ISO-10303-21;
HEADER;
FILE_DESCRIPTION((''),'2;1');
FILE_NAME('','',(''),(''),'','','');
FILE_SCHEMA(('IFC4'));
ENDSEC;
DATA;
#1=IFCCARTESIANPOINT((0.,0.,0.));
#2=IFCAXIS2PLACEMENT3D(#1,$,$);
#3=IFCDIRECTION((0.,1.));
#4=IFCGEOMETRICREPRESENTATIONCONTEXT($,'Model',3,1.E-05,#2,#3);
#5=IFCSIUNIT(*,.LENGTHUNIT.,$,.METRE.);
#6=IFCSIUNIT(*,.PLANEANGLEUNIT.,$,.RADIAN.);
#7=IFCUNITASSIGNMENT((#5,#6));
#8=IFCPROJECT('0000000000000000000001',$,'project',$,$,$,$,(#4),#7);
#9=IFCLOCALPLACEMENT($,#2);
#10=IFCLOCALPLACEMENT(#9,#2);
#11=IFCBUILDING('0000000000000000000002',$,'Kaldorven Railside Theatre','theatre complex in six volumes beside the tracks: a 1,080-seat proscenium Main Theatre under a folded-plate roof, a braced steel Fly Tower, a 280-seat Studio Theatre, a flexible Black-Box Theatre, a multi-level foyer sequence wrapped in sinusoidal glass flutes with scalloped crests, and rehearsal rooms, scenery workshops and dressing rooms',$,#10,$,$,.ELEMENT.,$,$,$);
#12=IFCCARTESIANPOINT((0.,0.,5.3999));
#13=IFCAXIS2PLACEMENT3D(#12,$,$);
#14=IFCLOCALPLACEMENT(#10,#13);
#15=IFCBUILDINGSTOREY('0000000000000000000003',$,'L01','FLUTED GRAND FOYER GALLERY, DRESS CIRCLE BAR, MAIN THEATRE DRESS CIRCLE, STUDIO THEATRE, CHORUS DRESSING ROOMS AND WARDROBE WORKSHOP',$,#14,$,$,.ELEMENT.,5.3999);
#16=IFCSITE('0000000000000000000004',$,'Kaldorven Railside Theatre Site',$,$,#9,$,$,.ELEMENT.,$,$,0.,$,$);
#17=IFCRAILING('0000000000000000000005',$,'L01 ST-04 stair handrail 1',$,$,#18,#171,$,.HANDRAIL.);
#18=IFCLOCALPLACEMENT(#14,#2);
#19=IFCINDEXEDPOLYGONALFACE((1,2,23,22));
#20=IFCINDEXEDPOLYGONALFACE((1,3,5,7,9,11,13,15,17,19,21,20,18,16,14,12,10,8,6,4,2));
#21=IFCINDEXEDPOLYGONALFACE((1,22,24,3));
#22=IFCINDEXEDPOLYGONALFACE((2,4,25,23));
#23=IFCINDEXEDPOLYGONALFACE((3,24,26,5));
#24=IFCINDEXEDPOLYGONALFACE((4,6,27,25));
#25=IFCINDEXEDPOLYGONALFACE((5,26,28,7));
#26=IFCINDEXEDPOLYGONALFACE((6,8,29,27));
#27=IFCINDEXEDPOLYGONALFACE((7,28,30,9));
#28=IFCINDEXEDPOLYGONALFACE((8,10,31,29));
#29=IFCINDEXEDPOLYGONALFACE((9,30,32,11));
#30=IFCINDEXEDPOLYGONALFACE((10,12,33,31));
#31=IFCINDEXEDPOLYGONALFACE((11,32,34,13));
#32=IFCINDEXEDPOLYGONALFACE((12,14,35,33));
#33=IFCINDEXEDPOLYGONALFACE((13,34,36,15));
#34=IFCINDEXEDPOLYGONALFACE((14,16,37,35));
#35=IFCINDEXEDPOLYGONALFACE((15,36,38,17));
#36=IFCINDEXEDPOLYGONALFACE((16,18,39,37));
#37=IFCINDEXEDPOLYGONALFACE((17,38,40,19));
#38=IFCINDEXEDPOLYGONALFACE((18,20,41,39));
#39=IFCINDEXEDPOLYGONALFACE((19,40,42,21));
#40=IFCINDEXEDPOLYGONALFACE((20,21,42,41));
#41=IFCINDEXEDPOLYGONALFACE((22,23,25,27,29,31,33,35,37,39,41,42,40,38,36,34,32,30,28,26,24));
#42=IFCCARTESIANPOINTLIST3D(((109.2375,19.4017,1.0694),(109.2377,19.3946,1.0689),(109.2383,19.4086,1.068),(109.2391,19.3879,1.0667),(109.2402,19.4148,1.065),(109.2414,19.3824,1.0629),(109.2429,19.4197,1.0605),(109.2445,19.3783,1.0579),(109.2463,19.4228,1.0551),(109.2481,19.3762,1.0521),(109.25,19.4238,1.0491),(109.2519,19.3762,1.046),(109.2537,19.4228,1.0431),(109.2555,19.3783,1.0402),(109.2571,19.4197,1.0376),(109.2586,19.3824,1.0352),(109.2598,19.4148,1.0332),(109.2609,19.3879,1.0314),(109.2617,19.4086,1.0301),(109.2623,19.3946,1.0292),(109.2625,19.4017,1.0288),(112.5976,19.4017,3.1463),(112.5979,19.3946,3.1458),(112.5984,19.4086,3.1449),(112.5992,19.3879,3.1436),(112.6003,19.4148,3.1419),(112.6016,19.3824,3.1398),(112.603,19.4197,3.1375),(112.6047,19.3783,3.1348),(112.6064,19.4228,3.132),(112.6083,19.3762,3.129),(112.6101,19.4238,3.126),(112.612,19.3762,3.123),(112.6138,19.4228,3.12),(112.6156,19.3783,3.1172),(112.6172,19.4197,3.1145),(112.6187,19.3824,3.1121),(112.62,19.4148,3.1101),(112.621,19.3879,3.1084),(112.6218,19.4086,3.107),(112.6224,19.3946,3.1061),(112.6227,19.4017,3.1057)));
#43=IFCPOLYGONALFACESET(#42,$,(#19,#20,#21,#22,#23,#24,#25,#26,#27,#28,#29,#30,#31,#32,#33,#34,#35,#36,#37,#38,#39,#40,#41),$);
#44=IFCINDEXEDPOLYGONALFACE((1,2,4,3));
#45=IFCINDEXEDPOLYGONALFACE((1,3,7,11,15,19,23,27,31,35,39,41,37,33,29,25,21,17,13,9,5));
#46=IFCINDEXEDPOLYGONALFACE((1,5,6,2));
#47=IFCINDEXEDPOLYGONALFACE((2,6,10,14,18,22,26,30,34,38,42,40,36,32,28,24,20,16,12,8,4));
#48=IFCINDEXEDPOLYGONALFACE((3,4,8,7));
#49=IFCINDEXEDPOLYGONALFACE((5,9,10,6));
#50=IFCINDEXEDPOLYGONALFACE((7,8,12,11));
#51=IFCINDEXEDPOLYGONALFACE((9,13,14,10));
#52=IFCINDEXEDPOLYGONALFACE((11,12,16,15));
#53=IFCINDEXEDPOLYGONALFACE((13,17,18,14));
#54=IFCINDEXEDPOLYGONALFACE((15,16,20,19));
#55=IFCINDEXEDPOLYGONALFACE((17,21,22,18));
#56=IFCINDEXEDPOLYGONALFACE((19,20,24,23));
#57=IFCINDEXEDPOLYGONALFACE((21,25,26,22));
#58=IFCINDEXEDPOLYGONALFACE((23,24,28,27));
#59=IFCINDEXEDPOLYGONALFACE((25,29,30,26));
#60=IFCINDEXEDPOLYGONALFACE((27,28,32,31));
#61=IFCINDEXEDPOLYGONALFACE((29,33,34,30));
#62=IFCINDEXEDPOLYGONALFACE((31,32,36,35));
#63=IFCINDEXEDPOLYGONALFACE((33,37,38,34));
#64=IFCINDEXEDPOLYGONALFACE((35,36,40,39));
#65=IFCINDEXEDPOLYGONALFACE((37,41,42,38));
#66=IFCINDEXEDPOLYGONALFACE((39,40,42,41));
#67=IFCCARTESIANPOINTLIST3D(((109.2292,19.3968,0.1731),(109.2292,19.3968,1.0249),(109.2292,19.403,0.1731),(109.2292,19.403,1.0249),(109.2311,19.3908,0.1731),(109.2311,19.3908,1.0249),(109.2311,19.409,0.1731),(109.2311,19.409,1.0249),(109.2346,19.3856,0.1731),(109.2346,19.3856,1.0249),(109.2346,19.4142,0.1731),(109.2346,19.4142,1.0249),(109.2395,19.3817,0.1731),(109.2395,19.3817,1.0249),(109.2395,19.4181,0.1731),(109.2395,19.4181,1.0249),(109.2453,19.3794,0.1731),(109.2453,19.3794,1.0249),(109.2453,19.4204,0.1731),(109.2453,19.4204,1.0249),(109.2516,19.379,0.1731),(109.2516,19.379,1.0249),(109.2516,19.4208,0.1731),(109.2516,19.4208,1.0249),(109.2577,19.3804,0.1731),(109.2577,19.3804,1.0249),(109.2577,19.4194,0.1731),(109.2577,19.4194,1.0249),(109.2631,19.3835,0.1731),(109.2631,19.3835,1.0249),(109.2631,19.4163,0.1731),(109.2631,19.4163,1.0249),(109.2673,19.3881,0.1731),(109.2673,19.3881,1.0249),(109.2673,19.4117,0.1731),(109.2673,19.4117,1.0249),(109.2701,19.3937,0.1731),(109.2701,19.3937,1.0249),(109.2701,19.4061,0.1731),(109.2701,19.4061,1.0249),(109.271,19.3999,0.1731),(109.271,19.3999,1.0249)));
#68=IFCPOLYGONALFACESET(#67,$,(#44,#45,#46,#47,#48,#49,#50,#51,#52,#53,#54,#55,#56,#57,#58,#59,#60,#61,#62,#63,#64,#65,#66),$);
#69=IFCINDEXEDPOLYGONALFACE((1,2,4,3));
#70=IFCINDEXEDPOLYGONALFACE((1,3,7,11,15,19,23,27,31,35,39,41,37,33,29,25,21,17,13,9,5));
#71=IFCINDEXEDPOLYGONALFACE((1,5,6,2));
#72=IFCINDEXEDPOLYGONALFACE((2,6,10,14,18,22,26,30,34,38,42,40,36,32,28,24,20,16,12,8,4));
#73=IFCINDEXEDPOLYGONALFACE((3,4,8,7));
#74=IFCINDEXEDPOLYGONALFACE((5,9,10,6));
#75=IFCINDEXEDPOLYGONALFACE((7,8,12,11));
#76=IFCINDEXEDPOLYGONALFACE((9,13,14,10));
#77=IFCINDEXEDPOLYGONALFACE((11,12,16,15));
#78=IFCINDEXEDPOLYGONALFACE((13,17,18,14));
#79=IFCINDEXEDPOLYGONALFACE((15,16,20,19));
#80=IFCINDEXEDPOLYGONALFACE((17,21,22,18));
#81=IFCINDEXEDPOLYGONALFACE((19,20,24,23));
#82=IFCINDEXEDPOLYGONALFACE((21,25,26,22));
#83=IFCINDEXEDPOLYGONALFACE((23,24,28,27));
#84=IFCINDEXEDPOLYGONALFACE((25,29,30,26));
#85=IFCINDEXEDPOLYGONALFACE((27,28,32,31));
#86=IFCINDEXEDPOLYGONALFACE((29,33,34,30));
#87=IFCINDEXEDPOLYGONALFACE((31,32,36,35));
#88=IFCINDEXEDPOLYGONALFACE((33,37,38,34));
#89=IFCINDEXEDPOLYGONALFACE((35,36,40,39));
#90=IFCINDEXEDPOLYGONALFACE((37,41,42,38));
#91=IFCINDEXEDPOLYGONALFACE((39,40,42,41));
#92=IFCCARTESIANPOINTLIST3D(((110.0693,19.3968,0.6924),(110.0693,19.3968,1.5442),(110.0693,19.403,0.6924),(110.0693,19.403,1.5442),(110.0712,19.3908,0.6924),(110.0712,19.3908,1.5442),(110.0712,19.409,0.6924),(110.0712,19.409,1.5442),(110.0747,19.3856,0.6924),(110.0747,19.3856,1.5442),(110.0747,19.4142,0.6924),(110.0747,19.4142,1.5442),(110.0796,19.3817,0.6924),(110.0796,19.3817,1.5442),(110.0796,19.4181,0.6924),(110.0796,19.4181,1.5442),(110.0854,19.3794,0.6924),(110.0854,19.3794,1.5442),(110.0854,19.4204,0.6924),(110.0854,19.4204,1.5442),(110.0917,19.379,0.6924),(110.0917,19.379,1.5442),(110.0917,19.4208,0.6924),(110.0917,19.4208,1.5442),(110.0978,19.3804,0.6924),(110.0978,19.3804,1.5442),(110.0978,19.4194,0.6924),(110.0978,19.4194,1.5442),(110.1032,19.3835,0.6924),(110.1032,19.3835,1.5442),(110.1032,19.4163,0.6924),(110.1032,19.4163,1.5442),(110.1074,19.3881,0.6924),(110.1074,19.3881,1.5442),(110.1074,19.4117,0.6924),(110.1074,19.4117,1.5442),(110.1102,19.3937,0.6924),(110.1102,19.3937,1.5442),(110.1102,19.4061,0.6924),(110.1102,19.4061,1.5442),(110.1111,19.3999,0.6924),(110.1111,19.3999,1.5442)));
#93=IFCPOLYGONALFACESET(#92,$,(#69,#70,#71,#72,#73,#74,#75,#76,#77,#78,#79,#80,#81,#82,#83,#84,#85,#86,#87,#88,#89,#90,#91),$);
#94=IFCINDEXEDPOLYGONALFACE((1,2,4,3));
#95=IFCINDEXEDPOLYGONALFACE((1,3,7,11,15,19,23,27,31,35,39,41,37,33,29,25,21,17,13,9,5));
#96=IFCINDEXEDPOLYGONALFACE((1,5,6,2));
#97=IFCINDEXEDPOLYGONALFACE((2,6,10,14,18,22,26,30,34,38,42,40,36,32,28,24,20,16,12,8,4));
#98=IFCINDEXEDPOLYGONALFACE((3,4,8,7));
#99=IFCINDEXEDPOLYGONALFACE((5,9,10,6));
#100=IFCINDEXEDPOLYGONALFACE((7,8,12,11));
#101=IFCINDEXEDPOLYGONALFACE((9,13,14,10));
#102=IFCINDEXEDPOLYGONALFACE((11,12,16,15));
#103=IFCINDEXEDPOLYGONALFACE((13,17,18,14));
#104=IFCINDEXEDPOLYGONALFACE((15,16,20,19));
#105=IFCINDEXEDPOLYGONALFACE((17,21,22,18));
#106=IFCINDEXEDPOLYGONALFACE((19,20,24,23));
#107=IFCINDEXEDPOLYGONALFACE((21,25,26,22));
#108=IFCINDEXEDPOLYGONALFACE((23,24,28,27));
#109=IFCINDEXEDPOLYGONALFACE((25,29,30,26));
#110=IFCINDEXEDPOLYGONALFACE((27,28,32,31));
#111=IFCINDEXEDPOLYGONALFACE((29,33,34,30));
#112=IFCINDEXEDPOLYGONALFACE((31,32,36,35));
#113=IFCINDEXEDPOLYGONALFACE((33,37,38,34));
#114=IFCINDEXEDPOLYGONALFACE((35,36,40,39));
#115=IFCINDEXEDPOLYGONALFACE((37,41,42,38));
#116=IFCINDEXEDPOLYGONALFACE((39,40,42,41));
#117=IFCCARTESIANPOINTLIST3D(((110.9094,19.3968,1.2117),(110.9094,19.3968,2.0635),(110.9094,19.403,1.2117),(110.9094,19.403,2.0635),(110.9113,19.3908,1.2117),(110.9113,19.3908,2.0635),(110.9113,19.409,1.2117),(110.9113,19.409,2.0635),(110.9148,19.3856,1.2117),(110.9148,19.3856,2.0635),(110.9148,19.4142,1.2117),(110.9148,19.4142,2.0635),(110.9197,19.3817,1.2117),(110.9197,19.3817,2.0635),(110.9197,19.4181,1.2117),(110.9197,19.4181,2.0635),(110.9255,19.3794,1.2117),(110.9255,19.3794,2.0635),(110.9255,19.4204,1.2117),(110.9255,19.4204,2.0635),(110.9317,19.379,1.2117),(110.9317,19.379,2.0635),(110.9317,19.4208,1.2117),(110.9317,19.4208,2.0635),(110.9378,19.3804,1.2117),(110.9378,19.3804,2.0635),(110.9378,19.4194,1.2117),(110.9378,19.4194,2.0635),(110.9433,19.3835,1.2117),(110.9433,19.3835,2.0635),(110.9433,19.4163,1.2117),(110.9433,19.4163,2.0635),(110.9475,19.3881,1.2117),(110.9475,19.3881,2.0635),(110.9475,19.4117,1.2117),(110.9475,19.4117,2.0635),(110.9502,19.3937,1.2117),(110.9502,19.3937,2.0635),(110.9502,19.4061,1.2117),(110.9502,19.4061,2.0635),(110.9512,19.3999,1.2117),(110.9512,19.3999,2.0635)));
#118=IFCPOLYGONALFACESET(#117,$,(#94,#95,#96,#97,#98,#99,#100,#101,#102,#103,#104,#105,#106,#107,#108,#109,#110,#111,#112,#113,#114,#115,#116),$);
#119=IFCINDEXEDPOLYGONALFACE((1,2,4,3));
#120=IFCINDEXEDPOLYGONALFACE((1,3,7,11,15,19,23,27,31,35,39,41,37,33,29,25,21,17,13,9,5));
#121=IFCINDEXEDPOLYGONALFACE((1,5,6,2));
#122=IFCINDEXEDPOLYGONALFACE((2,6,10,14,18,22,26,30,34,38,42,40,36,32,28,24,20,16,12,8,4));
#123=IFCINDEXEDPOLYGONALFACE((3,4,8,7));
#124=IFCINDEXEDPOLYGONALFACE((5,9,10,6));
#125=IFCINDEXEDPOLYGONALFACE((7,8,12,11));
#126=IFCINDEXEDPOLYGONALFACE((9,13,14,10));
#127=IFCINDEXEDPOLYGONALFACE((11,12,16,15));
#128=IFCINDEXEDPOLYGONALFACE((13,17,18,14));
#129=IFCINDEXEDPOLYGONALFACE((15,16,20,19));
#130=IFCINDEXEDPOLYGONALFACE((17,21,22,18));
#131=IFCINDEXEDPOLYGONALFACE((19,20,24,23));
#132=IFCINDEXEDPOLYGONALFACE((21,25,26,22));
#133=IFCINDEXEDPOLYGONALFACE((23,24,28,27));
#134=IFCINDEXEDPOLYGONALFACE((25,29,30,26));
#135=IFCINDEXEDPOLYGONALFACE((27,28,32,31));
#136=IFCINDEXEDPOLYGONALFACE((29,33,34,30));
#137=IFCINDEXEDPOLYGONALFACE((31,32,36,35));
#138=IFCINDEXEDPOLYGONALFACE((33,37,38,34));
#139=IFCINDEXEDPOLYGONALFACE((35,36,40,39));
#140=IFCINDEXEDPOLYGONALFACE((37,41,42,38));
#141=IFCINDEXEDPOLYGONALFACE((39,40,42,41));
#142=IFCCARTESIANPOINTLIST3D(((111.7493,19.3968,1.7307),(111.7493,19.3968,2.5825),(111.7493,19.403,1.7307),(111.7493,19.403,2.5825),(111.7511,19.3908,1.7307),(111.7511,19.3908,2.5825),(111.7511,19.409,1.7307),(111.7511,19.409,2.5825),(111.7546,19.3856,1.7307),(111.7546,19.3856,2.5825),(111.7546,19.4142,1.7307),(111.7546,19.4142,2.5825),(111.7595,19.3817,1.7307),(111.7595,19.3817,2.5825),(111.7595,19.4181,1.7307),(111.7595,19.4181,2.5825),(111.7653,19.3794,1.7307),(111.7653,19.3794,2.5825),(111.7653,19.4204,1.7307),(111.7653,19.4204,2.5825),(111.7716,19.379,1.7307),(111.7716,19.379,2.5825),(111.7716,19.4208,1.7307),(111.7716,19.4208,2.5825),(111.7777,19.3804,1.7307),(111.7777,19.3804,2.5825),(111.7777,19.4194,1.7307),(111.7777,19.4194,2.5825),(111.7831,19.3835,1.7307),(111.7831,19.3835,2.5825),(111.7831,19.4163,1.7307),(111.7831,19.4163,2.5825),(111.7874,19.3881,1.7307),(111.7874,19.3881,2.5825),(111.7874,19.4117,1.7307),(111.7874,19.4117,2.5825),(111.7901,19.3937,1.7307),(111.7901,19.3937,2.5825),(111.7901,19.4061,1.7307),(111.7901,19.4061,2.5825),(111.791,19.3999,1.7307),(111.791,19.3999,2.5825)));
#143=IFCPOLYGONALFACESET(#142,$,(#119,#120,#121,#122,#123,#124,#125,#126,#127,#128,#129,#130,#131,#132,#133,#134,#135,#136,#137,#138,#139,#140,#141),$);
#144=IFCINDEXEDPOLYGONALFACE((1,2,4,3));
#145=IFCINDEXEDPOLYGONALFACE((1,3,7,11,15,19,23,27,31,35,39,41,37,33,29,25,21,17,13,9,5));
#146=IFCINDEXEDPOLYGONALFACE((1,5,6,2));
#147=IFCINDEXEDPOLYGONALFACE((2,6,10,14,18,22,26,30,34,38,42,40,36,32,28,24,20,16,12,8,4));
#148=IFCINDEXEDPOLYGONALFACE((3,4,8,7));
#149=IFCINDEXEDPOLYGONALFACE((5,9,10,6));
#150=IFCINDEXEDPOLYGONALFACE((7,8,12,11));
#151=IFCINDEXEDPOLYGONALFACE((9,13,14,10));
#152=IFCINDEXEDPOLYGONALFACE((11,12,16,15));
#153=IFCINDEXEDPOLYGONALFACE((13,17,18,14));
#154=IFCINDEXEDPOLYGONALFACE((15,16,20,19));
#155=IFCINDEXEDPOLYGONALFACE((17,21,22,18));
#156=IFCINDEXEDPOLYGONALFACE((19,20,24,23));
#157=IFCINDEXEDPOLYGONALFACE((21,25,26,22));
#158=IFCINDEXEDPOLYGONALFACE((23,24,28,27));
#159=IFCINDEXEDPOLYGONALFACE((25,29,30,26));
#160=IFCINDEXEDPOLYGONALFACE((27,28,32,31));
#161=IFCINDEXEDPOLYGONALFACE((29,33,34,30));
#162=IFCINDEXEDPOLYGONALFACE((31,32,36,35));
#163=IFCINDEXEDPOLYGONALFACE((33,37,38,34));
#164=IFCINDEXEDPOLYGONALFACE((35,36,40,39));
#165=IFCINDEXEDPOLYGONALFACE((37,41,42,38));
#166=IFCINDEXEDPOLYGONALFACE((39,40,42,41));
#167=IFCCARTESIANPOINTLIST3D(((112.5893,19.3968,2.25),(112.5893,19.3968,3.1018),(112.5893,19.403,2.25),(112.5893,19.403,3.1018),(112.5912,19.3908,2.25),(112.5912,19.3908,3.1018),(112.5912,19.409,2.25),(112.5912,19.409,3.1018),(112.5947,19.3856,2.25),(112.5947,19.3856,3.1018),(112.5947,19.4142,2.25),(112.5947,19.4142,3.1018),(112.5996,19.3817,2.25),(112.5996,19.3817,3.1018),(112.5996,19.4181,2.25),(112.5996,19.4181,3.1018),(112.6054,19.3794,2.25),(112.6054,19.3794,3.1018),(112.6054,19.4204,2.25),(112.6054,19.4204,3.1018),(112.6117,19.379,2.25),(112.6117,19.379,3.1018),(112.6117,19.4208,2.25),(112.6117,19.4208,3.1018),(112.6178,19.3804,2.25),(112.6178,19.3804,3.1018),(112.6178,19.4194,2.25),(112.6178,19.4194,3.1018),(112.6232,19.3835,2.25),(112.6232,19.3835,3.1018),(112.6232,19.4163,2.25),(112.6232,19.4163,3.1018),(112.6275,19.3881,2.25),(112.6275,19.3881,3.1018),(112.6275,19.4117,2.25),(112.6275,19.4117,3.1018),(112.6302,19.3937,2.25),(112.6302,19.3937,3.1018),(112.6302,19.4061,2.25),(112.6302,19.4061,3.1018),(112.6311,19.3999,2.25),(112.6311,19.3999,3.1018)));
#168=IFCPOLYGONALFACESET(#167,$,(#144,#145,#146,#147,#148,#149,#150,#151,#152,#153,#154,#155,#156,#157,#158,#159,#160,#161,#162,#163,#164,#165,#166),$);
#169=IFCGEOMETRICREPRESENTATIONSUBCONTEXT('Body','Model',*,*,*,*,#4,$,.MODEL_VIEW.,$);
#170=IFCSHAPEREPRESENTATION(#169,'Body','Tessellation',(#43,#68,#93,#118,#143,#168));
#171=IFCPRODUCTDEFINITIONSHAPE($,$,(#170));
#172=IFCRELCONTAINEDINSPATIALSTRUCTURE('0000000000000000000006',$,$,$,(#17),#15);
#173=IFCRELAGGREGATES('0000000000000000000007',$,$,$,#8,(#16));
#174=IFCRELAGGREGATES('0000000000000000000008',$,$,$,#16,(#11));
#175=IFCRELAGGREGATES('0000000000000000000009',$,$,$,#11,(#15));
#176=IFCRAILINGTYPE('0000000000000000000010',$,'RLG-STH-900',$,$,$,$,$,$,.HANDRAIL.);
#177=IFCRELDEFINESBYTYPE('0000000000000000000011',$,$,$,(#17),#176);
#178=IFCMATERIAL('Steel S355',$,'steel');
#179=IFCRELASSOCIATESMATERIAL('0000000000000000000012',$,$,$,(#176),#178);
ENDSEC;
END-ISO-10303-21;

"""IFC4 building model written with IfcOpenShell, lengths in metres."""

from ifc_helpers import new_model, si_unit, direction, frame, origin, origin_2d, place, context, subcontext, project, spatial, circle, extrude, material, type_object, element, save


model = new_model("IFC4")

# Units and contexts
model_context = context("Model", 3, precision=1e-05, world=origin(), true_north=direction((0.0, 1.0)))
body_context = subcontext(model_context, "Body", "Model", "MODEL_VIEW")
ifc_project = project(units=[si_unit("LENGTHUNIT", "METRE"), si_unit("PLANEANGLEUNIT", "RADIAN")], contexts=[model_context])

# Site, building, storey
site_placement = place(None, origin())
site = spatial("IfcSite", under=ifc_project, at=site_placement, Name="Kaldorven Railside Theatre Site", CompositionType="ELEMENT", RefElevation=0.0)
building_placement = place(site_placement, origin())
building = spatial("IfcBuilding", under=site, at=building_placement, Name="Kaldorven Railside Theatre", Description="theatre complex in six volumes beside the tracks: a 1,080-seat proscenium Main Theatre under a folded-plate roof, a braced steel Fly Tower, a 280-seat Studio Theatre, a flexible Black-Box Theatre, a multi-level foyer sequence wrapped in sinusoidal glass flutes with scalloped crests, and rehearsal rooms, scenery workshops and dressing rooms", CompositionType="ELEMENT")
storey_placement = place(building_placement, frame((0.0, 0.0, 5.3999)))
storey = spatial("IfcBuildingStorey", under=building, at=storey_placement, Name="L01", Description="FLUTED GRAND FOYER GALLERY, DRESS CIRCLE BAR, MAIN THEATRE DRESS CIRCLE, STUDIO THEATRE, CHORUS DRESSING ROOMS AND WARDROBE WORKSHOP", CompositionType="ELEMENT", Elevation=5.3999)

# Shared definitions
ifc_material_1 = material(Name="Steel S355", Category="steel")

# Railing
railing_type_1 = type_object("IfcRailingType", Name="RLG-STH-900", PredefinedType="HANDRAIL", material=ifc_material_1)
railing_1_placement = place(storey_placement, frame((109.25, 19.3999, 0.1731)))
element("IfcRailing", 1, at=railing_1_placement, inside=storey, type_object=railing_type_1, Name="L01 ST-04 stair handrail 1", PredefinedType="HANDRAIL", context=body_context, shape_type="SweptSolid", body=[
    extrude(circle(Radius=0.0239, at=origin_2d()), frame((0.0, 0.0, 0.876), z_axis=(0.850623, 0.0, 0.525776), x_axis=(0.0, 1.0, 0.0)), (0.0, 0.0, 1.0), 3.9502),
    extrude(circle(Radius=0.021, at=origin_2d()), origin(), (0.0, 0.0, 1.0), 0.8518),
    extrude(circle(Radius=0.021, at=origin_2d()), frame((0.8401, 0.0, 0.5193)), (0.0, 0.0, 1.0), 0.8518),
    extrude(circle(Radius=0.021, at=origin_2d()), frame((1.6802, 0.0, 1.0386)), (0.0, 0.0, 1.0), 0.8518),
    extrude(circle(Radius=0.021, at=origin_2d()), frame((2.52, 0.0, 1.5576)), (0.0, 0.0, 1.0), 0.8518),
    extrude(circle(Radius=0.021, at=origin_2d()), frame((3.3601, 0.0, 2.0769)), (0.0, 0.0, 1.0), 0.8518),
])

save(model, "model.ifc")
